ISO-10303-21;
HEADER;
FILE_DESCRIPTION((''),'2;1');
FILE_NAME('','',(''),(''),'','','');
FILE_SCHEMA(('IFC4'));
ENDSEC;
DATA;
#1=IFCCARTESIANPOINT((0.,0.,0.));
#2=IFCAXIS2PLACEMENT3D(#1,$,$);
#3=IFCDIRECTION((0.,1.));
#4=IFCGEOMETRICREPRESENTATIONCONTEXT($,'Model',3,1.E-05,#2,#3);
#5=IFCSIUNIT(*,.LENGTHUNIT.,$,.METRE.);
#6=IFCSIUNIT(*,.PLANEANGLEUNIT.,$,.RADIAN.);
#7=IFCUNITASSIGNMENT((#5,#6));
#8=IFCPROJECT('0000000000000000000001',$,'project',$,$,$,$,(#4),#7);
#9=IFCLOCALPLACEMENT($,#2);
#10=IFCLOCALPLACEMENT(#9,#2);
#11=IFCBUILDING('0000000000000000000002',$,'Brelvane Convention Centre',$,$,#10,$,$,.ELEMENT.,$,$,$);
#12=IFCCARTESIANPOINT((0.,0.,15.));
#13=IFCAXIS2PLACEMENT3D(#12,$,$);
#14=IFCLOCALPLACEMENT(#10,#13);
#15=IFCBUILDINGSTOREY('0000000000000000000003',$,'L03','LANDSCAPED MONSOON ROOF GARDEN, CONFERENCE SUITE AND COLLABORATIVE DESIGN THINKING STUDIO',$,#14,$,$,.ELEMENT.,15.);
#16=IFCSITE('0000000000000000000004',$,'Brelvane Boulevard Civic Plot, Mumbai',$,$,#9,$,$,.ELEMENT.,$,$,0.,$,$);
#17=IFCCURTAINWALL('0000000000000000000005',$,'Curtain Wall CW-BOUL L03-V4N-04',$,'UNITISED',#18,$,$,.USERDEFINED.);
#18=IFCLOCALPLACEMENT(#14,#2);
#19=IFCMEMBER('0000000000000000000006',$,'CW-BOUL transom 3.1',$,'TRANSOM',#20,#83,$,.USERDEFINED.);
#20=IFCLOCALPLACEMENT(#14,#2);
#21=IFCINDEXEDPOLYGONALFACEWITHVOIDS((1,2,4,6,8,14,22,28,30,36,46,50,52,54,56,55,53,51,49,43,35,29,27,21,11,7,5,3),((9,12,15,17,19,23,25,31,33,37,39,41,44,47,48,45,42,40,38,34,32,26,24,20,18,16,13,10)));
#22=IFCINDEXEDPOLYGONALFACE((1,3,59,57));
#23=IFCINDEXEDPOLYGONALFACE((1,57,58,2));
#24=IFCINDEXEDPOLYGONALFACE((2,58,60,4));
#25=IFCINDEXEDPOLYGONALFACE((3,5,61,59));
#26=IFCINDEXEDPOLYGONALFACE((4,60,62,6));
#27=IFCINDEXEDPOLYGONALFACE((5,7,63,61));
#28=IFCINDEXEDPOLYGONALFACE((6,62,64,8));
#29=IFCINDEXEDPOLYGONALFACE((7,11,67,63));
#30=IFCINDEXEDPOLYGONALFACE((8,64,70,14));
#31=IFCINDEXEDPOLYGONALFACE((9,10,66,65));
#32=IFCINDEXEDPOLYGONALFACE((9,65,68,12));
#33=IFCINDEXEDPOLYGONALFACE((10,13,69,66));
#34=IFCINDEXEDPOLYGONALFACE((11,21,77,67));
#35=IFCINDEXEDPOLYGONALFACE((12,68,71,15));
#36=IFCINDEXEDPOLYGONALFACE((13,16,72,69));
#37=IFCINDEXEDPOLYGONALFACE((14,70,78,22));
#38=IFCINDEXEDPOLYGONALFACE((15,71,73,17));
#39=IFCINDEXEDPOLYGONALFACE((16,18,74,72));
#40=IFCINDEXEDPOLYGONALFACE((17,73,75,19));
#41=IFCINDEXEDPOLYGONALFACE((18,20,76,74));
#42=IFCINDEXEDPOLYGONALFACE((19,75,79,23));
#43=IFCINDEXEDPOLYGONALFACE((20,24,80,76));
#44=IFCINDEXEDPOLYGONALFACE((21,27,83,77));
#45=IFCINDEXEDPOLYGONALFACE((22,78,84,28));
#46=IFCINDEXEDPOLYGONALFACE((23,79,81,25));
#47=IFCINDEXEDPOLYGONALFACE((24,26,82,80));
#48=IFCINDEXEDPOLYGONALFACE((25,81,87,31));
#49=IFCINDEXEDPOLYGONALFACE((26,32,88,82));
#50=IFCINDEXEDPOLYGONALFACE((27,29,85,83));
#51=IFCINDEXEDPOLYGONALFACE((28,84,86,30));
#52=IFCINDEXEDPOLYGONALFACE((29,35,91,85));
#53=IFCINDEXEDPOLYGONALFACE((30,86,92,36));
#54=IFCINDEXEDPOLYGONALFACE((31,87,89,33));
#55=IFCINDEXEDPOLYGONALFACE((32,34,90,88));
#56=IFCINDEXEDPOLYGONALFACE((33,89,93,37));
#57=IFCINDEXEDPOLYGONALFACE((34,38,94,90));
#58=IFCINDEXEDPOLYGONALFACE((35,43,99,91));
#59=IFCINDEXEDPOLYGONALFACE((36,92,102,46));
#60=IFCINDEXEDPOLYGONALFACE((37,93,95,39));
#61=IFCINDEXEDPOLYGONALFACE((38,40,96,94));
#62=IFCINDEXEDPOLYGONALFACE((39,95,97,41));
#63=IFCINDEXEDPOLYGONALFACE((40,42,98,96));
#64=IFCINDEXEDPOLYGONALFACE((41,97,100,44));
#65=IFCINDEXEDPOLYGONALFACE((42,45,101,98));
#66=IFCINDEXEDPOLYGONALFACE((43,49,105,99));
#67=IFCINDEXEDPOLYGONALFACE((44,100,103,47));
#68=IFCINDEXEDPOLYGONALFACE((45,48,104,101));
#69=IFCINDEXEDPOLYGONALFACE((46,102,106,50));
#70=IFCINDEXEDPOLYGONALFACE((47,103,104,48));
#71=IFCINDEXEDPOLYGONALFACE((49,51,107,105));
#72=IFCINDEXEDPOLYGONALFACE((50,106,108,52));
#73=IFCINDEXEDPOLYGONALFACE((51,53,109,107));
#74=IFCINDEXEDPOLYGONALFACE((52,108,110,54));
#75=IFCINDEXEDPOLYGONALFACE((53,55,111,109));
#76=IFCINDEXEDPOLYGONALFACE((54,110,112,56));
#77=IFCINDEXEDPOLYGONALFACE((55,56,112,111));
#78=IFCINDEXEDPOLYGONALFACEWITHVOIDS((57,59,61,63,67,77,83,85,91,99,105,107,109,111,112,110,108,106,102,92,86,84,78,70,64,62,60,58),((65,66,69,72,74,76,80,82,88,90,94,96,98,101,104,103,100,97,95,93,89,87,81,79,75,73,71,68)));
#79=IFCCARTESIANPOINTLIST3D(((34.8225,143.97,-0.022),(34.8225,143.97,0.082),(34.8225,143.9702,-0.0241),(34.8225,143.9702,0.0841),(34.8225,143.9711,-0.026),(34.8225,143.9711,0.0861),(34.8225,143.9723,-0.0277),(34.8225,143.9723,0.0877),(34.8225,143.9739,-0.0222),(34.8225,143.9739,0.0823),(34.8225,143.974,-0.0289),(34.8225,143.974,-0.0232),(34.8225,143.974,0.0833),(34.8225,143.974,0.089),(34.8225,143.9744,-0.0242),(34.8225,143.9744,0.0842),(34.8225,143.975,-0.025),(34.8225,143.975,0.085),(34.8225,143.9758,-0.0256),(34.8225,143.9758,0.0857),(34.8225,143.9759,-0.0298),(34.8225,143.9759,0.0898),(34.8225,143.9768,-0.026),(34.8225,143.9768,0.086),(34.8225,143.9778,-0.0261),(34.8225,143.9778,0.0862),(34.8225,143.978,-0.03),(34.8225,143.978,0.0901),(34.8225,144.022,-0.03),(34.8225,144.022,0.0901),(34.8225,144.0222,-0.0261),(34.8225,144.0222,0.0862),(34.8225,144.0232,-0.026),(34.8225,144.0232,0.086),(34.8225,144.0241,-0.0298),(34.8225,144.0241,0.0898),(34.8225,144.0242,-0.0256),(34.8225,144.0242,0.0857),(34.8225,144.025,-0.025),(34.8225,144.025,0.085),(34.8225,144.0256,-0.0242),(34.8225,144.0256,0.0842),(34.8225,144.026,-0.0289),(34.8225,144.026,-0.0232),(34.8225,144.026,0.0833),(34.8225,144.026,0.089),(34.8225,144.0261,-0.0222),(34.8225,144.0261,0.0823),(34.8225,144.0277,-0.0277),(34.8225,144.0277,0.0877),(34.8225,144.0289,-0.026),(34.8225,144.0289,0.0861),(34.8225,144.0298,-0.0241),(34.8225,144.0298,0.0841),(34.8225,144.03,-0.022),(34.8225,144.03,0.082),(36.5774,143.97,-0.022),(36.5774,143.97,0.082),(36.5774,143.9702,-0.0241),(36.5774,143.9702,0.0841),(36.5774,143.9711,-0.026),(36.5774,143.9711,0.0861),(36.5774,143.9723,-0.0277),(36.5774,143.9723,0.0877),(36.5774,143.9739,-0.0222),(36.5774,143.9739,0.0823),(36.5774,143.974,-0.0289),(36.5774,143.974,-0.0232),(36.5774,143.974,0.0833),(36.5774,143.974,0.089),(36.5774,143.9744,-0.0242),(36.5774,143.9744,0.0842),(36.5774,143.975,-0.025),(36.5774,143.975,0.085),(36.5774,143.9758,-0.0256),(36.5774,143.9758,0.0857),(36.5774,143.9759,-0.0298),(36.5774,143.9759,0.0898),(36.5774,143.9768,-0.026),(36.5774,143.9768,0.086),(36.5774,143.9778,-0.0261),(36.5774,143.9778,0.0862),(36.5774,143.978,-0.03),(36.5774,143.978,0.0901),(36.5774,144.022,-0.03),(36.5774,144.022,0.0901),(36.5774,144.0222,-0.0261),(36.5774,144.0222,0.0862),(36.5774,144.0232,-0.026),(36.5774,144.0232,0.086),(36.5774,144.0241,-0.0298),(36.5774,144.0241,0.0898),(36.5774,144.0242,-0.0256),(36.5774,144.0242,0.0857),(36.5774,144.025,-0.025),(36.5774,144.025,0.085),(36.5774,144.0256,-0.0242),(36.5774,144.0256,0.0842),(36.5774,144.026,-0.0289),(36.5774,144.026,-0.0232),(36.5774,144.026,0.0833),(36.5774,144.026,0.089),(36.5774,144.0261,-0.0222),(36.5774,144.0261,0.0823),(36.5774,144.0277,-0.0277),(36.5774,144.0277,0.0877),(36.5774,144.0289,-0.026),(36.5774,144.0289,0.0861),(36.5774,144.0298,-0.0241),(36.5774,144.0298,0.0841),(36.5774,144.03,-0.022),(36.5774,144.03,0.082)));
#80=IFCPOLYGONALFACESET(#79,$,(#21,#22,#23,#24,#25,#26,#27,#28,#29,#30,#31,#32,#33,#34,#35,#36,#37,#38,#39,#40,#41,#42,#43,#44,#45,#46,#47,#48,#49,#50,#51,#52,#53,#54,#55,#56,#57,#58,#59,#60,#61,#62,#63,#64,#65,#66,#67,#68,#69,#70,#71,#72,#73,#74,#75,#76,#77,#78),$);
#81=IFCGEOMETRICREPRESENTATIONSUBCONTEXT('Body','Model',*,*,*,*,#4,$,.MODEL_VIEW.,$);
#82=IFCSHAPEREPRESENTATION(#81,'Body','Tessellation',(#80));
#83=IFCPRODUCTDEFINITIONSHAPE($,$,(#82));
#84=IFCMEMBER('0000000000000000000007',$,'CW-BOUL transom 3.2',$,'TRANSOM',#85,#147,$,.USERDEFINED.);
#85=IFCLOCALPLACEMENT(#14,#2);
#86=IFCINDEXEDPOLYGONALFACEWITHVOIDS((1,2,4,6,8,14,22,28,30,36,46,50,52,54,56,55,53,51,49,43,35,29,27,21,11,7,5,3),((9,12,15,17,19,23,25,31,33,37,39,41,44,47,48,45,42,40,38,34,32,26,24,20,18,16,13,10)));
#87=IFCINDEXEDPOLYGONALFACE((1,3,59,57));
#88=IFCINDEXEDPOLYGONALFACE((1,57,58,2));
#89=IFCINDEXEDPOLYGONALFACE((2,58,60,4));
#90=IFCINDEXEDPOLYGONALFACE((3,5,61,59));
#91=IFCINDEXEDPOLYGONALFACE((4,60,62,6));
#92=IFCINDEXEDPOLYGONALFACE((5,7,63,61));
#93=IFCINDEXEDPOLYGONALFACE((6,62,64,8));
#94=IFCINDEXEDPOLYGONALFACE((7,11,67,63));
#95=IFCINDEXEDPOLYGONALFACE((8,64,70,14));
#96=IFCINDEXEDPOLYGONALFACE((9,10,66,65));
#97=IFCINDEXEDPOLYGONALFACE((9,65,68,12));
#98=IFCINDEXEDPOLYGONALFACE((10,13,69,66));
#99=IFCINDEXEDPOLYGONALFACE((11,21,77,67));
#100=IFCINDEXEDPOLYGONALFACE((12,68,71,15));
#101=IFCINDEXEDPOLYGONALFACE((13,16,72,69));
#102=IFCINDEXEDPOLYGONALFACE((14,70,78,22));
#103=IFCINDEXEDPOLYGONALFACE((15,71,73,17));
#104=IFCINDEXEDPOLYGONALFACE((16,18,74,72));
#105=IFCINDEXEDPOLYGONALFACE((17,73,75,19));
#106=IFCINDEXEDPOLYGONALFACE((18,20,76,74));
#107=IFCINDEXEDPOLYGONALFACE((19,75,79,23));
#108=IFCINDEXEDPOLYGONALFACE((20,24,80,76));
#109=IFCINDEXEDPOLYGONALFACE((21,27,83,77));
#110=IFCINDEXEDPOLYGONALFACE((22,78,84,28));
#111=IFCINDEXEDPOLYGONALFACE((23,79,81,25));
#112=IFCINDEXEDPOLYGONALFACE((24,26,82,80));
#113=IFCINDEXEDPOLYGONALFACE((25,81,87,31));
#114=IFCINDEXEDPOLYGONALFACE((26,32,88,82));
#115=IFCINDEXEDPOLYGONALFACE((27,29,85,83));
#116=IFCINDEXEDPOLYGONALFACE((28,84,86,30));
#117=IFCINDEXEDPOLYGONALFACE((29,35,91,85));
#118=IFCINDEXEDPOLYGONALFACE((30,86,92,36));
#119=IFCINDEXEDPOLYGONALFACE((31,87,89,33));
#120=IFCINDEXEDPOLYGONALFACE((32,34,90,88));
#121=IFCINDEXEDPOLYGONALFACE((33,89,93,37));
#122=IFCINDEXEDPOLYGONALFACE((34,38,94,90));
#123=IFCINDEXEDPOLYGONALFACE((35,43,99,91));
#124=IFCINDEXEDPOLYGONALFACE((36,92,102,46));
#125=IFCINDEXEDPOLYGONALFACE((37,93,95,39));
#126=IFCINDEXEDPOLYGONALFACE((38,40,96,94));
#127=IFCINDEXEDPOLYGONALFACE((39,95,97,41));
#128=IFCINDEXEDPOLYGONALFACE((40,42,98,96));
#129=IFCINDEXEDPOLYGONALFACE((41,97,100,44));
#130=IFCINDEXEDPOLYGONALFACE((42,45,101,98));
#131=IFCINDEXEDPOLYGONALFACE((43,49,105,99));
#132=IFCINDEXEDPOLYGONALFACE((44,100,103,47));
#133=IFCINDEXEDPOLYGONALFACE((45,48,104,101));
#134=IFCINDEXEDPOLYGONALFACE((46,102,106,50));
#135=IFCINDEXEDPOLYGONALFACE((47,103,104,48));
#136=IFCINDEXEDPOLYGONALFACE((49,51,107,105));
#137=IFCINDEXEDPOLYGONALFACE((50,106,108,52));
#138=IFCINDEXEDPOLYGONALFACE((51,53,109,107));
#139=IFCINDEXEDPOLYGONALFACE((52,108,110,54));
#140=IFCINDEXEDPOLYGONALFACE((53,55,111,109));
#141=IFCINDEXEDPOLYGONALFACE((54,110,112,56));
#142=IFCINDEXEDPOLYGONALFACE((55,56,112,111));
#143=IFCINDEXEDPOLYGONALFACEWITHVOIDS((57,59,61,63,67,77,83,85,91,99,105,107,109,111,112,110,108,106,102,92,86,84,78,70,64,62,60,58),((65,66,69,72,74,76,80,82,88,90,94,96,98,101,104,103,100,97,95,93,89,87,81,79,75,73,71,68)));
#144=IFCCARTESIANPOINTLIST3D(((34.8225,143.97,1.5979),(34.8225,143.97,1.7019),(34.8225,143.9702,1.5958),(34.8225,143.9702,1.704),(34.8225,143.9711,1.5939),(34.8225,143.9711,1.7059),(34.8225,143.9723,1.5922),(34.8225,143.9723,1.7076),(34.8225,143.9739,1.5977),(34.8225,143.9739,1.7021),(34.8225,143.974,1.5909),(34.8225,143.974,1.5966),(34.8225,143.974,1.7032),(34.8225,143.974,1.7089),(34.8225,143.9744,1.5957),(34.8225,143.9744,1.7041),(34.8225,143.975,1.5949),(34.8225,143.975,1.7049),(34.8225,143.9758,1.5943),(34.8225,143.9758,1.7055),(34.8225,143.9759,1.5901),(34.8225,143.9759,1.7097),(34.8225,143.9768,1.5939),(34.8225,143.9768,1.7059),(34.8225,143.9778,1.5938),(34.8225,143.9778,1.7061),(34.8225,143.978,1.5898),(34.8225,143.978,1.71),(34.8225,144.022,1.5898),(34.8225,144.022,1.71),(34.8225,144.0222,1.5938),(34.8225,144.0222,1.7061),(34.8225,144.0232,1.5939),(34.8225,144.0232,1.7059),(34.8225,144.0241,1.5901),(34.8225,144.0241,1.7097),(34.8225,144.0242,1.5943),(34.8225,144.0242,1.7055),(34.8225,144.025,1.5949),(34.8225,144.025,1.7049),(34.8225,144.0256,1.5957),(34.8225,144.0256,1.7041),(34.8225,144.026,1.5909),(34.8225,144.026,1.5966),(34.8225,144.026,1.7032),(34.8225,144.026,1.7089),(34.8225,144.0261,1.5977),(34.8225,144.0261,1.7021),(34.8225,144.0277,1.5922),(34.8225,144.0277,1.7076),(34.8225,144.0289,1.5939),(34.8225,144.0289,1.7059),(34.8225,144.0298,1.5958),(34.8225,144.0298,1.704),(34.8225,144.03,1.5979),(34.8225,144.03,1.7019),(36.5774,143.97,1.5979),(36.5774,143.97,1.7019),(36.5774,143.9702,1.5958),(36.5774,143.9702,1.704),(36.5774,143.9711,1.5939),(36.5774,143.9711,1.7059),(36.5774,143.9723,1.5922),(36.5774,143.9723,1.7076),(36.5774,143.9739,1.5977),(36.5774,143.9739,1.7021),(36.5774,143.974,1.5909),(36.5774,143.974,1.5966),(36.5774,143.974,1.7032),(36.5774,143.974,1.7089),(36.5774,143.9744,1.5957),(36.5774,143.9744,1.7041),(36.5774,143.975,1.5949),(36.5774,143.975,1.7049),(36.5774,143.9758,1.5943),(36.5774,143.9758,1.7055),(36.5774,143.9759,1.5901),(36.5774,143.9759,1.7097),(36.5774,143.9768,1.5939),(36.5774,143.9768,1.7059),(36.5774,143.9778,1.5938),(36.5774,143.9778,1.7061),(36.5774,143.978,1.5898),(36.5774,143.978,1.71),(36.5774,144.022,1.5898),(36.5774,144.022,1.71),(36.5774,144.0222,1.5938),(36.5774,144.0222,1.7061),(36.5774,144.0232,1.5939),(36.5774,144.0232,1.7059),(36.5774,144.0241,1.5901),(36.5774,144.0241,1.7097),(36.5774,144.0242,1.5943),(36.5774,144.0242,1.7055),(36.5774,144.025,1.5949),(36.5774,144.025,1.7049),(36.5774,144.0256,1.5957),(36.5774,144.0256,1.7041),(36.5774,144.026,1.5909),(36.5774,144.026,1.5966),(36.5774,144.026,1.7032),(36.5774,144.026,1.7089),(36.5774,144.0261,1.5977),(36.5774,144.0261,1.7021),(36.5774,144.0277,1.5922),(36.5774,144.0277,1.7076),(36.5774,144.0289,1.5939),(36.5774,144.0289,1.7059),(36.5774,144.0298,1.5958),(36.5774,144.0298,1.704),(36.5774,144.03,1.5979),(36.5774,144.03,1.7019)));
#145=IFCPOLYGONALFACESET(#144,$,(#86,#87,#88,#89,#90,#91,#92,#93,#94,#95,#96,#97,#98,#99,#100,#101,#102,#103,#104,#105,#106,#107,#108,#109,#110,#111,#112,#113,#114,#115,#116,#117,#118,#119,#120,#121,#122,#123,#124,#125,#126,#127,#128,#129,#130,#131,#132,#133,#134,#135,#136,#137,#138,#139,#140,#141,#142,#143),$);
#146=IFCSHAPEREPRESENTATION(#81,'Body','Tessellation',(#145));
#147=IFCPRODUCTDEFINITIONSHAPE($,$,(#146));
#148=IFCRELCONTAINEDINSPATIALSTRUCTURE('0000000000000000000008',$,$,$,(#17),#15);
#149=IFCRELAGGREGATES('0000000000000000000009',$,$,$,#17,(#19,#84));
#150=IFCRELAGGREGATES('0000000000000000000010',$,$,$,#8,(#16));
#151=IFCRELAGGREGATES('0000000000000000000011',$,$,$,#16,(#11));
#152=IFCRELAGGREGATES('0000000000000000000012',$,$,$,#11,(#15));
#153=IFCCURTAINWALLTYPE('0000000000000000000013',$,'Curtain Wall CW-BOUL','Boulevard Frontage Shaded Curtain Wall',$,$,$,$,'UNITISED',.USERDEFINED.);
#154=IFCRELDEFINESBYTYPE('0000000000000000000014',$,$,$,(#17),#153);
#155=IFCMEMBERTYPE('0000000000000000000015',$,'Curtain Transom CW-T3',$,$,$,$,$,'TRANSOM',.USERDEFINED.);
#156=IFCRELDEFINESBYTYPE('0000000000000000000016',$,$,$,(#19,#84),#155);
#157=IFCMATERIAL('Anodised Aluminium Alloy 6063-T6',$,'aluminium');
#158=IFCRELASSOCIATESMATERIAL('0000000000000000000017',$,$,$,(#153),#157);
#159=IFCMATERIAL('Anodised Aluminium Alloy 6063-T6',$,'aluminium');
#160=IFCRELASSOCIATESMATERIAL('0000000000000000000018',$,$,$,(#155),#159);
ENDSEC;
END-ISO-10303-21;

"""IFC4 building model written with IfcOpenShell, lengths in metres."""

from ifc_helpers import new_model, si_unit, direction, frame, origin, origin_2d, place, context, subcontext, project, spatial, hollow_rectangle, extrude, material, material_profile, profile_set, type_object, element, aggregate, save


model = new_model("IFC4")

# Units and contexts
model_context = context("Model", 3, precision=1e-05, world=origin(), true_north=direction((0.0, 1.0)))
body_context = subcontext(model_context, "Body", "Model", "MODEL_VIEW")
ifc_project = project(units=[si_unit("LENGTHUNIT", "METRE"), si_unit("PLANEANGLEUNIT", "RADIAN")], contexts=[model_context])

# Site, building, storey
site_placement = place(None, origin())
site = spatial("IfcSite", under=ifc_project, at=site_placement, Name="Brelvane Boulevard Civic Plot, Mumbai", CompositionType="ELEMENT", RefElevation=0.0)
building_placement = place(site_placement, origin())
building = spatial("IfcBuilding", under=site, at=building_placement, Name="Brelvane Convention Centre", CompositionType="ELEMENT")
storey_placement = place(building_placement, frame((0.0, 0.0, 15.0)))
storey = spatial("IfcBuildingStorey", under=building, at=storey_placement, Name="L03", Description="LANDSCAPED MONSOON ROOF GARDEN, CONFERENCE SUITE AND COLLABORATIVE DESIGN THINKING STUDIO", CompositionType="ELEMENT", Elevation=15.0)

# Curtain wall, members
ifc_material_1 = material(Name="Anodised Aluminium Alloy 6063-T6", Category="aluminium")
curtain_wall_type = type_object("IfcCurtainWallType", Name="Curtain Wall CW-BOUL", Description="Boulevard Frontage Shaded Curtain Wall", ElementType="UNITISED", PredefinedType="USERDEFINED", material=ifc_material_1)
curtain_wall_placement = place(storey_placement, origin())
curtain_wall = element("IfcCurtainWall", 1, at=curtain_wall_placement, inside=storey, type_object=curtain_wall_type, Name="Curtain Wall CW-BOUL L03-V4N-04", ObjectType="UNITISED", PredefinedType="USERDEFINED")
ifc_material_2 = material(Name="Anodised Aluminium Alloy 6063-T6", Category="aluminium")
ifc_material_profile_1 = material_profile(ifc_material_2, hollow_rectangle(XDim=0.0601, YDim=0.1201, WallThickness=0.0039, InnerFilletRadius=0.0039, OuterFilletRadius=0.0081, at=origin_2d()), Name="ALU-T 120x60x4.0")
ifc_profile_set_1 = profile_set([ifc_material_profile_1], Name="Anodised Aluminium Alloy 6063-T6")
member_type_1 = type_object("IfcMemberType", Name="Curtain Transom CW-T3", ElementType="TRANSOM", PredefinedType="USERDEFINED", material=ifc_profile_set_1)
member_1_placement = place(storey_placement, frame((34.8225, 144.0, 0.03), z_axis=(1.0, 0.0, 0.0), x_axis=(0.0, 1.0, 0.0)))
member_1 = element("IfcMember", 2, at=member_1_placement, type_object=member_type_1, Name="CW-BOUL transom 3.1", ObjectType="TRANSOM", PredefinedType="USERDEFINED", context=body_context, shape_type="SweptSolid", body=[
    extrude(hollow_rectangle(XDim=0.0601, YDim=0.1201, WallThickness=0.0039, InnerFilletRadius=0.0039, OuterFilletRadius=0.0081, at=origin_2d()), origin(), (0.0, 0.0, 1.0), 1.7549),
])
member_2_placement = place(storey_placement, frame((34.8225, 144.0, 1.6499), z_axis=(1.0, 0.0, 0.0), x_axis=(0.0, 1.0, 0.0)))
member_2 = element("IfcMember", 3, at=member_2_placement, type_object=member_type_1, Name="CW-BOUL transom 3.2", ObjectType="TRANSOM", PredefinedType="USERDEFINED", context=body_context, shape_type="SweptSolid", body=[
    extrude(hollow_rectangle(XDim=0.0601, YDim=0.1201, WallThickness=0.0039, InnerFilletRadius=0.0039, OuterFilletRadius=0.0081, at=origin_2d()), origin(), (0.0, 0.0, 1.0), 1.7549),
])

aggregate(curtain_wall, [member_1, member_2])

save(model, "model.ifc")
